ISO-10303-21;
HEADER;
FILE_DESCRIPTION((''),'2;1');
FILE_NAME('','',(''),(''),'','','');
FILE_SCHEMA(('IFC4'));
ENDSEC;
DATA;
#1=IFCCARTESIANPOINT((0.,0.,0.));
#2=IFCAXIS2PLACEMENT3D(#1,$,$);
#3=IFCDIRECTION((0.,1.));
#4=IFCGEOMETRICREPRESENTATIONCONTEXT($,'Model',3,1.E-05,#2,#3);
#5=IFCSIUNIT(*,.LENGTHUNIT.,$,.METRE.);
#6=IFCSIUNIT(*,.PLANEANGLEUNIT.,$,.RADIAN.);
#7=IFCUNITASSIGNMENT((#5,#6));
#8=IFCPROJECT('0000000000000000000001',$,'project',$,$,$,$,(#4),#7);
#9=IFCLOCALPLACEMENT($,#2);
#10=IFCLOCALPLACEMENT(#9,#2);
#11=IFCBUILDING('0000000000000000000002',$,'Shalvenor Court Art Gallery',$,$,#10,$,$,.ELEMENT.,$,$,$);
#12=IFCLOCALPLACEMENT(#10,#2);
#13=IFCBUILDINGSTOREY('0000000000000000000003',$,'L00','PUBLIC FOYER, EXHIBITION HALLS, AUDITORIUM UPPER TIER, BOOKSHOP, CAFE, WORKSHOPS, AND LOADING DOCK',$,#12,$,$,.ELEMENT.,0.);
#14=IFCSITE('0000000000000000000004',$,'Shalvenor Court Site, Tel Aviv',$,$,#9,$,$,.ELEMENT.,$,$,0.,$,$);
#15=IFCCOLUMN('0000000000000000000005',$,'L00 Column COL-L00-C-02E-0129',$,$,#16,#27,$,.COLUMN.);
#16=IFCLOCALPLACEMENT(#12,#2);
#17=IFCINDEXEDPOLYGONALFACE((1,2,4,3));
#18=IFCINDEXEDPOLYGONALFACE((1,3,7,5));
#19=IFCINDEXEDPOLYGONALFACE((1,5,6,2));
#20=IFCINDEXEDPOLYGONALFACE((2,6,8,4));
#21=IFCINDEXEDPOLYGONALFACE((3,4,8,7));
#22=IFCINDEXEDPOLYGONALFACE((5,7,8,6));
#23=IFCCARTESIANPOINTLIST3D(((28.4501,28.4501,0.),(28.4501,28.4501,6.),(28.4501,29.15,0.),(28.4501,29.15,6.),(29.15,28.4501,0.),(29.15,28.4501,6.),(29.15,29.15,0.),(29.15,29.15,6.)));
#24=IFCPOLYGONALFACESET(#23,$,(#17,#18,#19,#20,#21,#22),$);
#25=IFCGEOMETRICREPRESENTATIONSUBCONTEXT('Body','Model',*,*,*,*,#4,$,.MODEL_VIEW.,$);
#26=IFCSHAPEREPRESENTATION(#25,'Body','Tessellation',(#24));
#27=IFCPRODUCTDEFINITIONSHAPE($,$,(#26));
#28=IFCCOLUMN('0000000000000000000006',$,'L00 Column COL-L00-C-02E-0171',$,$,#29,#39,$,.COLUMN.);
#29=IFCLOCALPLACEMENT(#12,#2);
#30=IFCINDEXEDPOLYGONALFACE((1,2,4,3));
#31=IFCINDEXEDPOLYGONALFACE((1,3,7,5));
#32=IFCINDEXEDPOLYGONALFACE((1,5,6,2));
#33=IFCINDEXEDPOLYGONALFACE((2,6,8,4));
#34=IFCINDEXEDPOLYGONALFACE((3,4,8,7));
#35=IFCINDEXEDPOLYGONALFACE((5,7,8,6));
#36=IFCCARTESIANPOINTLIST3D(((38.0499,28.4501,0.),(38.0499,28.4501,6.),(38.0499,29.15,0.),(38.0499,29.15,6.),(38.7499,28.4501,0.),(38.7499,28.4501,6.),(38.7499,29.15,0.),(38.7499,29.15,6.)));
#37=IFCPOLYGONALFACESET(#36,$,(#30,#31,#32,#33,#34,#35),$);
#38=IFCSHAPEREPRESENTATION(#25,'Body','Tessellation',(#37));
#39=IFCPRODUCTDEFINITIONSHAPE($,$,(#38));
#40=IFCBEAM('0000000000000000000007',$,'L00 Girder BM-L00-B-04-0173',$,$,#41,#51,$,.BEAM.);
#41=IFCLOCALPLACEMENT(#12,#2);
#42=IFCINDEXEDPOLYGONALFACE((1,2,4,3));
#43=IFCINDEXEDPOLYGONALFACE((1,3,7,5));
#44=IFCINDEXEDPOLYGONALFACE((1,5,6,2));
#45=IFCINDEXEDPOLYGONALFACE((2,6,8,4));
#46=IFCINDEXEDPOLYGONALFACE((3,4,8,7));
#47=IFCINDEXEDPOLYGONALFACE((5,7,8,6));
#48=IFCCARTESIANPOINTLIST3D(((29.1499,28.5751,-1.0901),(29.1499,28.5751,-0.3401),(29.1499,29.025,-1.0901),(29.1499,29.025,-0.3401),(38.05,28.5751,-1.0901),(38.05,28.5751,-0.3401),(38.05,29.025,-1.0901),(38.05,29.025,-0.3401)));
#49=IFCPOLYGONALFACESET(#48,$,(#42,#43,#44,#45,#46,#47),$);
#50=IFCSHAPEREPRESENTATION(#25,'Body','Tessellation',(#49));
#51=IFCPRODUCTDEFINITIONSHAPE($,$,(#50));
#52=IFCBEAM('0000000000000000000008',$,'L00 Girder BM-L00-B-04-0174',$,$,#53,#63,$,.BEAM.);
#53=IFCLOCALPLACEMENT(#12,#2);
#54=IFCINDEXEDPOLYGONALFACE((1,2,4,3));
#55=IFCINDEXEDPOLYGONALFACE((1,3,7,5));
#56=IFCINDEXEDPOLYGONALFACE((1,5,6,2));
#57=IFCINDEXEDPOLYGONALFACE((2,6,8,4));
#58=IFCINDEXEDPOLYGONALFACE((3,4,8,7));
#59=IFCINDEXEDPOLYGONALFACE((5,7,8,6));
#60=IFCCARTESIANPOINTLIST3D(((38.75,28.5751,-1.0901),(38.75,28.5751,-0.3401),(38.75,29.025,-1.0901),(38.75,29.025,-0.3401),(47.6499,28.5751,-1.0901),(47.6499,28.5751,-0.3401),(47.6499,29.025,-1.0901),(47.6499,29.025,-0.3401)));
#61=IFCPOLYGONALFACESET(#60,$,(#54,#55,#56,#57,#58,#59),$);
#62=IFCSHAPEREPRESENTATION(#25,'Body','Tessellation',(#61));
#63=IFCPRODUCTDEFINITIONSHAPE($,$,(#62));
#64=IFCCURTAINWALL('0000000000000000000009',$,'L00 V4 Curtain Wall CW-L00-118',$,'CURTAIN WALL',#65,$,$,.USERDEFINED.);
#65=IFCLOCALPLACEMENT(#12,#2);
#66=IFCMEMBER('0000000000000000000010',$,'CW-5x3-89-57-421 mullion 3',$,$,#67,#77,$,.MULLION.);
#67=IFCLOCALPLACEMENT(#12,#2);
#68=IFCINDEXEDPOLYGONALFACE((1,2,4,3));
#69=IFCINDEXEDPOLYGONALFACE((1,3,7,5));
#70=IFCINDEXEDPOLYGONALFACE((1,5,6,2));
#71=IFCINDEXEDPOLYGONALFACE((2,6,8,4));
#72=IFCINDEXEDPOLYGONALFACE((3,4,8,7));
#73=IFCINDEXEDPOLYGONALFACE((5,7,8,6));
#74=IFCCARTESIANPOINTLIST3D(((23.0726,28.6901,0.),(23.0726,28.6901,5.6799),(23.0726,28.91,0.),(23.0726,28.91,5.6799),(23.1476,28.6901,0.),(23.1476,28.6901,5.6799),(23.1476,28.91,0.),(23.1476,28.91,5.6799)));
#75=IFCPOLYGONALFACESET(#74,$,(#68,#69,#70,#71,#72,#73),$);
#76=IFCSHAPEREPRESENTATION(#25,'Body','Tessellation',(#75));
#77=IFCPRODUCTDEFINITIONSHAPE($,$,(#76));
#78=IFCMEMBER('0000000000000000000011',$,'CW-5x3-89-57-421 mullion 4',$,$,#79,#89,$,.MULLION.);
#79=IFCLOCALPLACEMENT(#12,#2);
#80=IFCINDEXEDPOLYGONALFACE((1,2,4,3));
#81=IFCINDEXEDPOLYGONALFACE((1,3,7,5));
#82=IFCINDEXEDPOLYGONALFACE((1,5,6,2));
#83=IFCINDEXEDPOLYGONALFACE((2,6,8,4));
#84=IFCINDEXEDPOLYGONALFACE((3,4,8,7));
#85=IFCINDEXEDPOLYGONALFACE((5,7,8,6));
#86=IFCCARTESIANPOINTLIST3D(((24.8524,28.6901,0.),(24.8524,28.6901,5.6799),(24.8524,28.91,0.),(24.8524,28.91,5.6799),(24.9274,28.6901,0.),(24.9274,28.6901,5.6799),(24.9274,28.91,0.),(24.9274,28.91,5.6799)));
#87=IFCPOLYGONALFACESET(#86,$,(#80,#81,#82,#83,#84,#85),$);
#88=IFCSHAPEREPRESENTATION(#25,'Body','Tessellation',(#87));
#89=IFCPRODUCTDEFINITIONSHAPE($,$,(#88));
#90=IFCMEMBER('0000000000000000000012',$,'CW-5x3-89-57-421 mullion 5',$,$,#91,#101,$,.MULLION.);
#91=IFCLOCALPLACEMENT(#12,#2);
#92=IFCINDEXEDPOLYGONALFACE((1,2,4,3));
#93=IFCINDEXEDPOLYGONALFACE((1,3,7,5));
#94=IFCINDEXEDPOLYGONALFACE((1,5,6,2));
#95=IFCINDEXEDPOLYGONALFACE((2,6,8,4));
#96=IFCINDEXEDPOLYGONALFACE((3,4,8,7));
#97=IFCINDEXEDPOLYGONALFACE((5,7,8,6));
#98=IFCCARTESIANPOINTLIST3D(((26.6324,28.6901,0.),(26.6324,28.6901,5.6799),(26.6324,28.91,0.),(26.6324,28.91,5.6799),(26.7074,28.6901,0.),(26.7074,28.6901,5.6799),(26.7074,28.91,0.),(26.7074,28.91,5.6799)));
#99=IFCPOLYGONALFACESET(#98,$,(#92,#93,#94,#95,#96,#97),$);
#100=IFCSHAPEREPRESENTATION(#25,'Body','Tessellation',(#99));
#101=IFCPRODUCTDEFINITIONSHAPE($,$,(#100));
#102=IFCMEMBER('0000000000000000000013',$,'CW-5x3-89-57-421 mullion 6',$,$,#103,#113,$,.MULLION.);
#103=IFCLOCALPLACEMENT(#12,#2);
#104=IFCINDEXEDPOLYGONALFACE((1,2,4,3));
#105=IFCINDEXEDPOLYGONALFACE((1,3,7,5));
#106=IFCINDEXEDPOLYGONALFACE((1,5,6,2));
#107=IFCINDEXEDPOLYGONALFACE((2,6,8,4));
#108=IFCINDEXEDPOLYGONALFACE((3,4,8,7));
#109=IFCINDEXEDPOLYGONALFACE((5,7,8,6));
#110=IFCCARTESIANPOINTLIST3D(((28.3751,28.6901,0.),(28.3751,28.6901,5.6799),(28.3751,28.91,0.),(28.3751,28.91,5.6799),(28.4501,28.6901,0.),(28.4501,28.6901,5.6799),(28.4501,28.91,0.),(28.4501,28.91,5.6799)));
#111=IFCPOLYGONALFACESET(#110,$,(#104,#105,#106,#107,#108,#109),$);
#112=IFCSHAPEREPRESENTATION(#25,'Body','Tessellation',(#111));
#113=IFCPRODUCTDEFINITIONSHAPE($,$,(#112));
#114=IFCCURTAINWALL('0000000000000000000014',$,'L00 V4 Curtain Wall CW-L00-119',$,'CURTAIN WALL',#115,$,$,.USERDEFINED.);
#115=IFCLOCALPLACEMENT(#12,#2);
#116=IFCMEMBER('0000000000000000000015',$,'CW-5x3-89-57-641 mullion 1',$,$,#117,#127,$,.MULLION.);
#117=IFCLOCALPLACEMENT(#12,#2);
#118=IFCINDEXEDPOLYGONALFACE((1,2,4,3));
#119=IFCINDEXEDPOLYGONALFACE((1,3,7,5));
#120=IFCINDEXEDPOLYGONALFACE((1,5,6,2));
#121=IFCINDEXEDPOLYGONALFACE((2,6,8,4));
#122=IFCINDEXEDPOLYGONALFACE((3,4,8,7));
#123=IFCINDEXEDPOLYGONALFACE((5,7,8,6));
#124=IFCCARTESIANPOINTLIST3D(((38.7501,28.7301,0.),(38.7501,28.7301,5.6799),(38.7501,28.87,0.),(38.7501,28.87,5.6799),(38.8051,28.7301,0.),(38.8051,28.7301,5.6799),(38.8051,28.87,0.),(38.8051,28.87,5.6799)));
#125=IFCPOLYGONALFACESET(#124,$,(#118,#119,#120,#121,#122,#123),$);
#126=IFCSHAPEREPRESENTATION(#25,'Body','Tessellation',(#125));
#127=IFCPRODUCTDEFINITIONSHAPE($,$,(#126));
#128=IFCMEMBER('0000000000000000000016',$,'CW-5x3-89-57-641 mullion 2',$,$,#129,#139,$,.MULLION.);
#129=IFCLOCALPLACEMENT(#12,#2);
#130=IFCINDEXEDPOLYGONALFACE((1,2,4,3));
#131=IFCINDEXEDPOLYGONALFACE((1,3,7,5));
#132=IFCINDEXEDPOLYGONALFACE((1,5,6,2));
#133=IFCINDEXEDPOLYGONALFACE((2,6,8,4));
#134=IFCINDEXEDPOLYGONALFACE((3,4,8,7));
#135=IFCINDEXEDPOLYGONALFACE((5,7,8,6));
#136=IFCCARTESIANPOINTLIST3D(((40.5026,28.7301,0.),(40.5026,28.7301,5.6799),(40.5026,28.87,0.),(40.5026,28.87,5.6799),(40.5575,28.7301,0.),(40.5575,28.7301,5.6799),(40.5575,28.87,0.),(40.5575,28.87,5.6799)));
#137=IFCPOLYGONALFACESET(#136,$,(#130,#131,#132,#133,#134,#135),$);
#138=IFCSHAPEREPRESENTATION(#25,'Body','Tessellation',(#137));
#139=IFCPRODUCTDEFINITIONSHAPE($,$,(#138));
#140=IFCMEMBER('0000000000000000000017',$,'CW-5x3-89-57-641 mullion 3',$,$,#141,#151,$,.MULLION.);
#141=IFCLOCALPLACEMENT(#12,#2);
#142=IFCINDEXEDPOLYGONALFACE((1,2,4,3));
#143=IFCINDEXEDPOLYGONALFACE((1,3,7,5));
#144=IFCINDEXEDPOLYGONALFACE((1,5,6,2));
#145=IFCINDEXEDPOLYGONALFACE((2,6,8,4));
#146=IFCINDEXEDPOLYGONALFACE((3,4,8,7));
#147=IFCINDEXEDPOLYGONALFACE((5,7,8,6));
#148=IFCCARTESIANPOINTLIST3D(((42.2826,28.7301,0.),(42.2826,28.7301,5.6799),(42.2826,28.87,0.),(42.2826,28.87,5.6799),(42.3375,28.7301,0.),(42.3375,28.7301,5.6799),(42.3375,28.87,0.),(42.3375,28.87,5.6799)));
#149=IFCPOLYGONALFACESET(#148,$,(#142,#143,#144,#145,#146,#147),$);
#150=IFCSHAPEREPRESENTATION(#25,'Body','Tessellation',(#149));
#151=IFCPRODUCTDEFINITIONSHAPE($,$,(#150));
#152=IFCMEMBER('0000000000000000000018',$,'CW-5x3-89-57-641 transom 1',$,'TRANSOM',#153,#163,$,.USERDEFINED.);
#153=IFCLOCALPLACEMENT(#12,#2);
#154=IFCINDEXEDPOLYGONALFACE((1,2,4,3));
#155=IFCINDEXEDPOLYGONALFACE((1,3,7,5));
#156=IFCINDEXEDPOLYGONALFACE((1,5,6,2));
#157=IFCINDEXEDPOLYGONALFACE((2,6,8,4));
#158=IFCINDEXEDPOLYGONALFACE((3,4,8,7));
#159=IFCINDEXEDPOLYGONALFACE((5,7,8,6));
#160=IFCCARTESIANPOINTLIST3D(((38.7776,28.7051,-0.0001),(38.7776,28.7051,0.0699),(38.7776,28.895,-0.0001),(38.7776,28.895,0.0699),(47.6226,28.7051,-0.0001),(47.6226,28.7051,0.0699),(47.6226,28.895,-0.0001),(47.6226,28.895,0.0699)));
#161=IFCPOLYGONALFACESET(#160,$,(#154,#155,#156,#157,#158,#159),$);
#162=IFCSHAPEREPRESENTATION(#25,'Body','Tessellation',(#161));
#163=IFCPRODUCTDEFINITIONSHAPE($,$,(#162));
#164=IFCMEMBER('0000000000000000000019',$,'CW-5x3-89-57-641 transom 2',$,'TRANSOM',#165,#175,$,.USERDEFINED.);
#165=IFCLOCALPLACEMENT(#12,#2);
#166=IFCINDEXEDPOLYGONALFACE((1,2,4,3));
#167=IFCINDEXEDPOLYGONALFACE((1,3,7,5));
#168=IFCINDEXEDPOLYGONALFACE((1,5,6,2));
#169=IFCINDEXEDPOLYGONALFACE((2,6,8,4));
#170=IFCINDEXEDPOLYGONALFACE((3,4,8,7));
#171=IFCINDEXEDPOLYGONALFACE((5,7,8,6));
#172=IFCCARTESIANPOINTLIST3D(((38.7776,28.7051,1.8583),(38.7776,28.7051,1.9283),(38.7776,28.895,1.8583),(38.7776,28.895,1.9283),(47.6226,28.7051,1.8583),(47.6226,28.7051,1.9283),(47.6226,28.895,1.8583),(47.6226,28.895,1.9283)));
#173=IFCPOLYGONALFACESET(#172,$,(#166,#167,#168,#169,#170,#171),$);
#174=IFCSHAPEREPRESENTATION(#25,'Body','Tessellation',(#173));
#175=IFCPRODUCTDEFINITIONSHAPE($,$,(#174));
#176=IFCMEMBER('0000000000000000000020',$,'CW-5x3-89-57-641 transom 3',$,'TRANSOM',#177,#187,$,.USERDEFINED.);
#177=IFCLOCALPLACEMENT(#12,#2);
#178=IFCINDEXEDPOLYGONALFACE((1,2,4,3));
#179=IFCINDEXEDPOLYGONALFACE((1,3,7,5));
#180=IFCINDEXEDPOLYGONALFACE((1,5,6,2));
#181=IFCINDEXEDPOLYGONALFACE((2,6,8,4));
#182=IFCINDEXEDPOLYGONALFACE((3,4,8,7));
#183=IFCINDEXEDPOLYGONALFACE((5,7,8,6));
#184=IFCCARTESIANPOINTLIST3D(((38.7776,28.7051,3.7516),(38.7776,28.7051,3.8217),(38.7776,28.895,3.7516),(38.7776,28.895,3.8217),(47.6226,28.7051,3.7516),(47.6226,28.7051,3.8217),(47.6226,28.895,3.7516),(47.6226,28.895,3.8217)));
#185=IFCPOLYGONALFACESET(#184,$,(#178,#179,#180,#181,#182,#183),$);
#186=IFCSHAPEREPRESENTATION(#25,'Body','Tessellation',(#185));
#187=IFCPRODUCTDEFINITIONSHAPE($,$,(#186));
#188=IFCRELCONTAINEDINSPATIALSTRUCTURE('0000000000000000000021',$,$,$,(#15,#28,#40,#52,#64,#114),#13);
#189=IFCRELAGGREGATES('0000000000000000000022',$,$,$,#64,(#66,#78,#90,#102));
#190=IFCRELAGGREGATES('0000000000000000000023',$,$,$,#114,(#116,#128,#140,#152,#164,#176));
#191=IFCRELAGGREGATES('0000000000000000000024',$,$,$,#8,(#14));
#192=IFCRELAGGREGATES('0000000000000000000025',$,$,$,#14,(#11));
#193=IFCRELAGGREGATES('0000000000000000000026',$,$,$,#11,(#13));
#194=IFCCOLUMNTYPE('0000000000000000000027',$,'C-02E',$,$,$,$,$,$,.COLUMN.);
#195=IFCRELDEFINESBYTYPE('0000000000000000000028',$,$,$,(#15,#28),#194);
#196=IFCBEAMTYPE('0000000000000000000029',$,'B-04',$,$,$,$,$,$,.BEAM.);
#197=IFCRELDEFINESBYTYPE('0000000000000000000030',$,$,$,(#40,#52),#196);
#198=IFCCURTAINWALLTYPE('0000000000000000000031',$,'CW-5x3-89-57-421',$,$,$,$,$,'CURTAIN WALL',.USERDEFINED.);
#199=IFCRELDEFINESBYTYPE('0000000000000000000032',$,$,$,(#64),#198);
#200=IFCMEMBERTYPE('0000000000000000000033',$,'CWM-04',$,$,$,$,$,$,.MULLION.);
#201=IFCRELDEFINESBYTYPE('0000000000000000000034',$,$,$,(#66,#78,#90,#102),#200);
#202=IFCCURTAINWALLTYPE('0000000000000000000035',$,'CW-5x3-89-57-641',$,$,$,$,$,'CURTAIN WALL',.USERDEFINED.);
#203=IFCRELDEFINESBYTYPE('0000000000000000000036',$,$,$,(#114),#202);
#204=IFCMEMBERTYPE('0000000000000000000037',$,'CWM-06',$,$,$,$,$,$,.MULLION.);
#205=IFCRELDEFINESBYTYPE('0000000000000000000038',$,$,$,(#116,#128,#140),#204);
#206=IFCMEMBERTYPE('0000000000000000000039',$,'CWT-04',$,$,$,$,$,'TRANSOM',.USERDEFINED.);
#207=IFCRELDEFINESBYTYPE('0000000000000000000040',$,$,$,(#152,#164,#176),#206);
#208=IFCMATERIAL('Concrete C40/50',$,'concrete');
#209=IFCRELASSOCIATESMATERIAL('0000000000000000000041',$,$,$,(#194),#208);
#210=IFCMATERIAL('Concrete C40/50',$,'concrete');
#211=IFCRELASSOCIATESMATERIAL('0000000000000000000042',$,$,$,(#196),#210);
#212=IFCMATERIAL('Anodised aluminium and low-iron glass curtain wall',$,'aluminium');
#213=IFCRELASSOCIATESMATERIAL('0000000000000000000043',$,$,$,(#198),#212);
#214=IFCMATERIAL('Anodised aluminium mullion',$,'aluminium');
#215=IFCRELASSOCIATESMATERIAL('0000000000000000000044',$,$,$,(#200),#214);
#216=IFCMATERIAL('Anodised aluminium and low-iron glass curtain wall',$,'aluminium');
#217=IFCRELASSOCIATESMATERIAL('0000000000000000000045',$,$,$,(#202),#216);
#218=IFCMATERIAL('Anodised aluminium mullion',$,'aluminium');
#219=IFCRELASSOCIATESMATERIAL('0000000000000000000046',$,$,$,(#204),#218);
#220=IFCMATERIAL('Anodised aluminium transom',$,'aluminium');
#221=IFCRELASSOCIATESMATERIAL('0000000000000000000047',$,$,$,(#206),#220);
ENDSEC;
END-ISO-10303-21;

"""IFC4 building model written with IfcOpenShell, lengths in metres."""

from ifc_helpers import new_model, si_unit, direction, frame, origin, origin_2d, place, context, subcontext, project, spatial, rectangle, extrude, material, material_profile, profile_set, type_object, element, aggregate, save


model = new_model("IFC4")

# Units and contexts
model_context = context("Model", 3, precision=1e-05, world=origin(), true_north=direction((0.0, 1.0)))
body_context = subcontext(model_context, "Body", "Model", "MODEL_VIEW")
ifc_project = project(units=[si_unit("LENGTHUNIT", "METRE"), si_unit("PLANEANGLEUNIT", "RADIAN")], contexts=[model_context])

# Site, building, storey
site_placement = place(None, origin())
site = spatial("IfcSite", under=ifc_project, at=site_placement, Name="Shalvenor Court Site, Tel Aviv", CompositionType="ELEMENT", RefElevation=0.0)
building_placement = place(site_placement, origin())
building = spatial("IfcBuilding", under=site, at=building_placement, Name="Shalvenor Court Art Gallery", CompositionType="ELEMENT")
storey_placement = place(building_placement, origin())
storey = spatial("IfcBuildingStorey", under=building, at=storey_placement, Name="L00", Description="PUBLIC FOYER, EXHIBITION HALLS, AUDITORIUM UPPER TIER, BOOKSHOP, CAFE, WORKSHOPS, AND LOADING DOCK", CompositionType="ELEMENT", Elevation=0.0)

# Columns
ifc_material_1 = material(Name="Concrete C40/50", Category="concrete")
ifc_material_profile_1 = material_profile(ifc_material_1, rectangle(XDim=0.7, YDim=0.7, at=origin_2d()), Name="RC 700x700")
ifc_profile_set_1 = profile_set([ifc_material_profile_1], Name="Concrete C40/50")
column_type = type_object("IfcColumnType", Name="C-02E", PredefinedType="COLUMN", material=ifc_profile_set_1)
for number, where, z_axis, x_axis, name in (
    (1, (28.8, 28.8, 0.0), (0.0, 0.0, 1.0), (1.0, 0.0, 0.0), "L00 Column COL-L00-C-02E-0129"),
    (2, (38.3999, 28.8, 0.0), (0.0, 0.0, 1.0), (1.0, 0.0, 0.0), "L00 Column COL-L00-C-02E-0171"),
):
    element("IfcColumn", number, at=place(storey_placement, frame(where, z_axis=z_axis, x_axis=x_axis)), inside=storey, type_object=column_type, Name=name, PredefinedType="COLUMN", context=body_context, shape_type="SweptSolid", body=[
        extrude(rectangle(XDim=0.7, YDim=0.7, at=origin_2d()), origin(), (0.0, 0.0, 1.0), 6.0),
    ])

# Beams
ifc_material_2 = material(Name="Concrete C40/50", Category="concrete")
ifc_material_profile_2 = material_profile(ifc_material_2, rectangle(XDim=0.45, YDim=0.75, at=origin_2d()), Name="RC 450x750")
ifc_profile_set_2 = profile_set([ifc_material_profile_2], Name="Concrete C40/50")
beam_type = type_object("IfcBeamType", Name="B-04", PredefinedType="BEAM", material=ifc_profile_set_2)
beam_1_placement = place(storey_placement, frame((29.1499, 28.8, -0.7151), z_axis=(1.0, 0.0, 0.0), x_axis=(0.0, 1.0, 0.0)))
element("IfcBeam", 3, at=beam_1_placement, inside=storey, type_object=beam_type, Name="L00 Girder BM-L00-B-04-0173", PredefinedType="BEAM", context=body_context, shape_type="SweptSolid", body=[
    extrude(rectangle(XDim=0.45, YDim=0.75, at=origin_2d()), origin(), (0.0, 0.0, 1.0), 8.9001),
])
beam_2_placement = place(storey_placement, frame((38.75, 28.8, -0.7151), z_axis=(1.0, 0.0, 0.0), x_axis=(0.0, 1.0, 0.0)))
element("IfcBeam", 4, at=beam_2_placement, inside=storey, type_object=beam_type, Name="L00 Girder BM-L00-B-04-0174", PredefinedType="BEAM", context=body_context, shape_type="SweptSolid", body=[
    extrude(rectangle(XDim=0.45, YDim=0.75, at=origin_2d()), origin(), (0.0, 0.0, 1.0), 8.8999),
])

# Curtain walls, members
ifc_material_3 = material(Name="Anodised aluminium and low-iron glass curtain wall", Category="aluminium")
curtain_wall_type_1 = type_object("IfcCurtainWallType", Name="CW-5x3-89-57-421", ElementType="CURTAIN WALL", PredefinedType="USERDEFINED", material=ifc_material_3)
curtain_wall_1_placement = place(storey_placement, origin())
curtain_wall_1 = element("IfcCurtainWall", 5, at=curtain_wall_1_placement, inside=storey, type_object=curtain_wall_type_1, Name="L00 V4 Curtain Wall CW-L00-118", ObjectType="CURTAIN WALL", PredefinedType="USERDEFINED")
ifc_material_4 = material(Name="Anodised aluminium mullion", Category="aluminium")
ifc_material_profile_3 = material_profile(ifc_material_4, rectangle(XDim=0.075, YDim=0.22, at=origin_2d()), Name="CWM-04")
ifc_profile_set_3 = profile_set([ifc_material_profile_3], Name="Anodised aluminium mullion")
member_type_1 = type_object("IfcMemberType", Name="CWM-04", PredefinedType="MULLION", material=ifc_profile_set_3)
member_1_placement = place(storey_placement, frame((23.1101, 28.8, 0.0), z_axis=(0.0, 0.0, 1.0), x_axis=(1.0, 0.0, 0.0)))
member_1 = element("IfcMember", 6, at=member_1_placement, type_object=member_type_1, Name="CW-5x3-89-57-421 mullion 3", PredefinedType="MULLION", context=body_context, shape_type="SweptSolid", body=[
    extrude(rectangle(XDim=0.075, YDim=0.22, at=origin_2d()), origin(), (0.0, 0.0, 1.0), 5.6799),
])
member_2_placement = place(storey_placement, frame((24.8899, 28.8, 0.0), z_axis=(0.0, 0.0, 1.0), x_axis=(1.0, 0.0, 0.0)))
member_2 = element("IfcMember", 7, at=member_2_placement, type_object=member_type_1, Name="CW-5x3-89-57-421 mullion 4", PredefinedType="MULLION", context=body_context, shape_type="SweptSolid", body=[
    extrude(rectangle(XDim=0.075, YDim=0.22, at=origin_2d()), origin(), (0.0, 0.0, 1.0), 5.6799),
])
member_3_placement = place(storey_placement, frame((26.6699, 28.8, 0.0), z_axis=(0.0, 0.0, 1.0), x_axis=(1.0, 0.0, 0.0)))
member_3 = element("IfcMember", 8, at=member_3_placement, type_object=member_type_1, Name="CW-5x3-89-57-421 mullion 5", PredefinedType="MULLION", context=body_context, shape_type="SweptSolid", body=[
    extrude(rectangle(XDim=0.075, YDim=0.22, at=origin_2d()), origin(), (0.0, 0.0, 1.0), 5.6799),
])
member_4_placement = place(storey_placement, frame((28.4126, 28.8, 0.0), z_axis=(0.0, 0.0, 1.0), x_axis=(1.0, 0.0, 0.0)))
member_4 = element("IfcMember", 9, at=member_4_placement, type_object=member_type_1, Name="CW-5x3-89-57-421 mullion 6", PredefinedType="MULLION", context=body_context, shape_type="SweptSolid", body=[
    extrude(rectangle(XDim=0.075, YDim=0.22, at=origin_2d()), origin(), (0.0, 0.0, 1.0), 5.6799),
])
ifc_material_5 = material(Name="Anodised aluminium and low-iron glass curtain wall", Category="aluminium")
curtain_wall_type_2 = type_object("IfcCurtainWallType", Name="CW-5x3-89-57-641", ElementType="CURTAIN WALL", PredefinedType="USERDEFINED", material=ifc_material_5)
curtain_wall_2_placement = place(storey_placement, origin())
curtain_wall_2 = element("IfcCurtainWall", 10, at=curtain_wall_2_placement, inside=storey, type_object=curtain_wall_type_2, Name="L00 V4 Curtain Wall CW-L00-119", ObjectType="CURTAIN WALL", PredefinedType="USERDEFINED")
ifc_material_6 = material(Name="Anodised aluminium mullion", Category="aluminium")
ifc_material_profile_4 = material_profile(ifc_material_6, rectangle(XDim=0.0549, YDim=0.1399, at=origin_2d()), Name="CWM-06")
ifc_profile_set_4 = profile_set([ifc_material_profile_4], Name="Anodised aluminium mullion")
member_type_2 = type_object("IfcMemberType", Name="CWM-06", PredefinedType="MULLION", material=ifc_profile_set_4)
member_5_placement = place(storey_placement, frame((38.7776, 28.8, 0.0), z_axis=(0.0, 0.0, 1.0), x_axis=(1.0, 0.0, 0.0)))
member_5 = element("IfcMember", 11, at=member_5_placement, type_object=member_type_2, Name="CW-5x3-89-57-641 mullion 1", PredefinedType="MULLION", context=body_context, shape_type="SweptSolid", body=[
    extrude(rectangle(XDim=0.0549, YDim=0.1399, at=origin_2d()), origin(), (0.0, 0.0, 1.0), 5.6799),
])
member_6_placement = place(storey_placement, frame((40.53, 28.8, 0.0), z_axis=(0.0, 0.0, 1.0), x_axis=(1.0, 0.0, 0.0)))
member_6 = element("IfcMember", 12, at=member_6_placement, type_object=member_type_2, Name="CW-5x3-89-57-641 mullion 2", PredefinedType="MULLION", context=body_context, shape_type="SweptSolid", body=[
    extrude(rectangle(XDim=0.0549, YDim=0.1399, at=origin_2d()), origin(), (0.0, 0.0, 1.0), 5.6799),
])
member_7_placement = place(storey_placement, frame((42.3101, 28.8, 0.0), z_axis=(0.0, 0.0, 1.0), x_axis=(1.0, 0.0, 0.0)))
member_7 = element("IfcMember", 13, at=member_7_placement, type_object=member_type_2, Name="CW-5x3-89-57-641 mullion 3", PredefinedType="MULLION", context=body_context, shape_type="SweptSolid", body=[
    extrude(rectangle(XDim=0.0549, YDim=0.1399, at=origin_2d()), origin(), (0.0, 0.0, 1.0), 5.6799),
])
ifc_material_7 = material(Name="Anodised aluminium transom", Category="aluminium")
ifc_material_profile_5 = material_profile(ifc_material_7, rectangle(XDim=0.1899, YDim=0.0701, at=origin_2d()), Name="CWT-04")
ifc_profile_set_5 = profile_set([ifc_material_profile_5], Name="Anodised aluminium transom")
member_type_3 = type_object("IfcMemberType", Name="CWT-04", ElementType="TRANSOM", PredefinedType="USERDEFINED", material=ifc_profile_set_5)
member_8_placement = place(storey_placement, frame((38.7776, 28.8, 0.0349), z_axis=(1.0, 0.0, 0.0), x_axis=(0.0, 1.0, 0.0)))
member_8 = element("IfcMember", 14, at=member_8_placement, type_object=member_type_3, Name="CW-5x3-89-57-641 transom 1", ObjectType="TRANSOM", PredefinedType="USERDEFINED", context=body_context, shape_type="SweptSolid", body=[
    extrude(rectangle(XDim=0.1899, YDim=0.0701, at=origin_2d()), origin(), (0.0, 0.0, 1.0), 8.845),
])
member_9_placement = place(storey_placement, frame((38.7776, 28.8, 1.8933), z_axis=(1.0, 0.0, 0.0), x_axis=(0.0, 1.0, 0.0)))
member_9 = element("IfcMember", 15, at=member_9_placement, type_object=member_type_3, Name="CW-5x3-89-57-641 transom 2", ObjectType="TRANSOM", PredefinedType="USERDEFINED", context=body_context, shape_type="SweptSolid", body=[
    extrude(rectangle(XDim=0.1899, YDim=0.0701, at=origin_2d()), origin(), (0.0, 0.0, 1.0), 8.845),
])
member_10_placement = place(storey_placement, frame((38.7776, 28.8, 3.7866), z_axis=(1.0, 0.0, 0.0), x_axis=(0.0, 1.0, 0.0)))
member_10 = element("IfcMember", 16, at=member_10_placement, type_object=member_type_3, Name="CW-5x3-89-57-641 transom 3", ObjectType="TRANSOM", PredefinedType="USERDEFINED", context=body_context, shape_type="SweptSolid", body=[
    extrude(rectangle(XDim=0.1899, YDim=0.0701, at=origin_2d()), origin(), (0.0, 0.0, 1.0), 8.845),
])

aggregate(curtain_wall_1, [member_1, member_2, member_3, member_4])
aggregate(curtain_wall_2, [member_5, member_6, member_7, member_8, member_9, member_10])

save(model, "model.ifc")
